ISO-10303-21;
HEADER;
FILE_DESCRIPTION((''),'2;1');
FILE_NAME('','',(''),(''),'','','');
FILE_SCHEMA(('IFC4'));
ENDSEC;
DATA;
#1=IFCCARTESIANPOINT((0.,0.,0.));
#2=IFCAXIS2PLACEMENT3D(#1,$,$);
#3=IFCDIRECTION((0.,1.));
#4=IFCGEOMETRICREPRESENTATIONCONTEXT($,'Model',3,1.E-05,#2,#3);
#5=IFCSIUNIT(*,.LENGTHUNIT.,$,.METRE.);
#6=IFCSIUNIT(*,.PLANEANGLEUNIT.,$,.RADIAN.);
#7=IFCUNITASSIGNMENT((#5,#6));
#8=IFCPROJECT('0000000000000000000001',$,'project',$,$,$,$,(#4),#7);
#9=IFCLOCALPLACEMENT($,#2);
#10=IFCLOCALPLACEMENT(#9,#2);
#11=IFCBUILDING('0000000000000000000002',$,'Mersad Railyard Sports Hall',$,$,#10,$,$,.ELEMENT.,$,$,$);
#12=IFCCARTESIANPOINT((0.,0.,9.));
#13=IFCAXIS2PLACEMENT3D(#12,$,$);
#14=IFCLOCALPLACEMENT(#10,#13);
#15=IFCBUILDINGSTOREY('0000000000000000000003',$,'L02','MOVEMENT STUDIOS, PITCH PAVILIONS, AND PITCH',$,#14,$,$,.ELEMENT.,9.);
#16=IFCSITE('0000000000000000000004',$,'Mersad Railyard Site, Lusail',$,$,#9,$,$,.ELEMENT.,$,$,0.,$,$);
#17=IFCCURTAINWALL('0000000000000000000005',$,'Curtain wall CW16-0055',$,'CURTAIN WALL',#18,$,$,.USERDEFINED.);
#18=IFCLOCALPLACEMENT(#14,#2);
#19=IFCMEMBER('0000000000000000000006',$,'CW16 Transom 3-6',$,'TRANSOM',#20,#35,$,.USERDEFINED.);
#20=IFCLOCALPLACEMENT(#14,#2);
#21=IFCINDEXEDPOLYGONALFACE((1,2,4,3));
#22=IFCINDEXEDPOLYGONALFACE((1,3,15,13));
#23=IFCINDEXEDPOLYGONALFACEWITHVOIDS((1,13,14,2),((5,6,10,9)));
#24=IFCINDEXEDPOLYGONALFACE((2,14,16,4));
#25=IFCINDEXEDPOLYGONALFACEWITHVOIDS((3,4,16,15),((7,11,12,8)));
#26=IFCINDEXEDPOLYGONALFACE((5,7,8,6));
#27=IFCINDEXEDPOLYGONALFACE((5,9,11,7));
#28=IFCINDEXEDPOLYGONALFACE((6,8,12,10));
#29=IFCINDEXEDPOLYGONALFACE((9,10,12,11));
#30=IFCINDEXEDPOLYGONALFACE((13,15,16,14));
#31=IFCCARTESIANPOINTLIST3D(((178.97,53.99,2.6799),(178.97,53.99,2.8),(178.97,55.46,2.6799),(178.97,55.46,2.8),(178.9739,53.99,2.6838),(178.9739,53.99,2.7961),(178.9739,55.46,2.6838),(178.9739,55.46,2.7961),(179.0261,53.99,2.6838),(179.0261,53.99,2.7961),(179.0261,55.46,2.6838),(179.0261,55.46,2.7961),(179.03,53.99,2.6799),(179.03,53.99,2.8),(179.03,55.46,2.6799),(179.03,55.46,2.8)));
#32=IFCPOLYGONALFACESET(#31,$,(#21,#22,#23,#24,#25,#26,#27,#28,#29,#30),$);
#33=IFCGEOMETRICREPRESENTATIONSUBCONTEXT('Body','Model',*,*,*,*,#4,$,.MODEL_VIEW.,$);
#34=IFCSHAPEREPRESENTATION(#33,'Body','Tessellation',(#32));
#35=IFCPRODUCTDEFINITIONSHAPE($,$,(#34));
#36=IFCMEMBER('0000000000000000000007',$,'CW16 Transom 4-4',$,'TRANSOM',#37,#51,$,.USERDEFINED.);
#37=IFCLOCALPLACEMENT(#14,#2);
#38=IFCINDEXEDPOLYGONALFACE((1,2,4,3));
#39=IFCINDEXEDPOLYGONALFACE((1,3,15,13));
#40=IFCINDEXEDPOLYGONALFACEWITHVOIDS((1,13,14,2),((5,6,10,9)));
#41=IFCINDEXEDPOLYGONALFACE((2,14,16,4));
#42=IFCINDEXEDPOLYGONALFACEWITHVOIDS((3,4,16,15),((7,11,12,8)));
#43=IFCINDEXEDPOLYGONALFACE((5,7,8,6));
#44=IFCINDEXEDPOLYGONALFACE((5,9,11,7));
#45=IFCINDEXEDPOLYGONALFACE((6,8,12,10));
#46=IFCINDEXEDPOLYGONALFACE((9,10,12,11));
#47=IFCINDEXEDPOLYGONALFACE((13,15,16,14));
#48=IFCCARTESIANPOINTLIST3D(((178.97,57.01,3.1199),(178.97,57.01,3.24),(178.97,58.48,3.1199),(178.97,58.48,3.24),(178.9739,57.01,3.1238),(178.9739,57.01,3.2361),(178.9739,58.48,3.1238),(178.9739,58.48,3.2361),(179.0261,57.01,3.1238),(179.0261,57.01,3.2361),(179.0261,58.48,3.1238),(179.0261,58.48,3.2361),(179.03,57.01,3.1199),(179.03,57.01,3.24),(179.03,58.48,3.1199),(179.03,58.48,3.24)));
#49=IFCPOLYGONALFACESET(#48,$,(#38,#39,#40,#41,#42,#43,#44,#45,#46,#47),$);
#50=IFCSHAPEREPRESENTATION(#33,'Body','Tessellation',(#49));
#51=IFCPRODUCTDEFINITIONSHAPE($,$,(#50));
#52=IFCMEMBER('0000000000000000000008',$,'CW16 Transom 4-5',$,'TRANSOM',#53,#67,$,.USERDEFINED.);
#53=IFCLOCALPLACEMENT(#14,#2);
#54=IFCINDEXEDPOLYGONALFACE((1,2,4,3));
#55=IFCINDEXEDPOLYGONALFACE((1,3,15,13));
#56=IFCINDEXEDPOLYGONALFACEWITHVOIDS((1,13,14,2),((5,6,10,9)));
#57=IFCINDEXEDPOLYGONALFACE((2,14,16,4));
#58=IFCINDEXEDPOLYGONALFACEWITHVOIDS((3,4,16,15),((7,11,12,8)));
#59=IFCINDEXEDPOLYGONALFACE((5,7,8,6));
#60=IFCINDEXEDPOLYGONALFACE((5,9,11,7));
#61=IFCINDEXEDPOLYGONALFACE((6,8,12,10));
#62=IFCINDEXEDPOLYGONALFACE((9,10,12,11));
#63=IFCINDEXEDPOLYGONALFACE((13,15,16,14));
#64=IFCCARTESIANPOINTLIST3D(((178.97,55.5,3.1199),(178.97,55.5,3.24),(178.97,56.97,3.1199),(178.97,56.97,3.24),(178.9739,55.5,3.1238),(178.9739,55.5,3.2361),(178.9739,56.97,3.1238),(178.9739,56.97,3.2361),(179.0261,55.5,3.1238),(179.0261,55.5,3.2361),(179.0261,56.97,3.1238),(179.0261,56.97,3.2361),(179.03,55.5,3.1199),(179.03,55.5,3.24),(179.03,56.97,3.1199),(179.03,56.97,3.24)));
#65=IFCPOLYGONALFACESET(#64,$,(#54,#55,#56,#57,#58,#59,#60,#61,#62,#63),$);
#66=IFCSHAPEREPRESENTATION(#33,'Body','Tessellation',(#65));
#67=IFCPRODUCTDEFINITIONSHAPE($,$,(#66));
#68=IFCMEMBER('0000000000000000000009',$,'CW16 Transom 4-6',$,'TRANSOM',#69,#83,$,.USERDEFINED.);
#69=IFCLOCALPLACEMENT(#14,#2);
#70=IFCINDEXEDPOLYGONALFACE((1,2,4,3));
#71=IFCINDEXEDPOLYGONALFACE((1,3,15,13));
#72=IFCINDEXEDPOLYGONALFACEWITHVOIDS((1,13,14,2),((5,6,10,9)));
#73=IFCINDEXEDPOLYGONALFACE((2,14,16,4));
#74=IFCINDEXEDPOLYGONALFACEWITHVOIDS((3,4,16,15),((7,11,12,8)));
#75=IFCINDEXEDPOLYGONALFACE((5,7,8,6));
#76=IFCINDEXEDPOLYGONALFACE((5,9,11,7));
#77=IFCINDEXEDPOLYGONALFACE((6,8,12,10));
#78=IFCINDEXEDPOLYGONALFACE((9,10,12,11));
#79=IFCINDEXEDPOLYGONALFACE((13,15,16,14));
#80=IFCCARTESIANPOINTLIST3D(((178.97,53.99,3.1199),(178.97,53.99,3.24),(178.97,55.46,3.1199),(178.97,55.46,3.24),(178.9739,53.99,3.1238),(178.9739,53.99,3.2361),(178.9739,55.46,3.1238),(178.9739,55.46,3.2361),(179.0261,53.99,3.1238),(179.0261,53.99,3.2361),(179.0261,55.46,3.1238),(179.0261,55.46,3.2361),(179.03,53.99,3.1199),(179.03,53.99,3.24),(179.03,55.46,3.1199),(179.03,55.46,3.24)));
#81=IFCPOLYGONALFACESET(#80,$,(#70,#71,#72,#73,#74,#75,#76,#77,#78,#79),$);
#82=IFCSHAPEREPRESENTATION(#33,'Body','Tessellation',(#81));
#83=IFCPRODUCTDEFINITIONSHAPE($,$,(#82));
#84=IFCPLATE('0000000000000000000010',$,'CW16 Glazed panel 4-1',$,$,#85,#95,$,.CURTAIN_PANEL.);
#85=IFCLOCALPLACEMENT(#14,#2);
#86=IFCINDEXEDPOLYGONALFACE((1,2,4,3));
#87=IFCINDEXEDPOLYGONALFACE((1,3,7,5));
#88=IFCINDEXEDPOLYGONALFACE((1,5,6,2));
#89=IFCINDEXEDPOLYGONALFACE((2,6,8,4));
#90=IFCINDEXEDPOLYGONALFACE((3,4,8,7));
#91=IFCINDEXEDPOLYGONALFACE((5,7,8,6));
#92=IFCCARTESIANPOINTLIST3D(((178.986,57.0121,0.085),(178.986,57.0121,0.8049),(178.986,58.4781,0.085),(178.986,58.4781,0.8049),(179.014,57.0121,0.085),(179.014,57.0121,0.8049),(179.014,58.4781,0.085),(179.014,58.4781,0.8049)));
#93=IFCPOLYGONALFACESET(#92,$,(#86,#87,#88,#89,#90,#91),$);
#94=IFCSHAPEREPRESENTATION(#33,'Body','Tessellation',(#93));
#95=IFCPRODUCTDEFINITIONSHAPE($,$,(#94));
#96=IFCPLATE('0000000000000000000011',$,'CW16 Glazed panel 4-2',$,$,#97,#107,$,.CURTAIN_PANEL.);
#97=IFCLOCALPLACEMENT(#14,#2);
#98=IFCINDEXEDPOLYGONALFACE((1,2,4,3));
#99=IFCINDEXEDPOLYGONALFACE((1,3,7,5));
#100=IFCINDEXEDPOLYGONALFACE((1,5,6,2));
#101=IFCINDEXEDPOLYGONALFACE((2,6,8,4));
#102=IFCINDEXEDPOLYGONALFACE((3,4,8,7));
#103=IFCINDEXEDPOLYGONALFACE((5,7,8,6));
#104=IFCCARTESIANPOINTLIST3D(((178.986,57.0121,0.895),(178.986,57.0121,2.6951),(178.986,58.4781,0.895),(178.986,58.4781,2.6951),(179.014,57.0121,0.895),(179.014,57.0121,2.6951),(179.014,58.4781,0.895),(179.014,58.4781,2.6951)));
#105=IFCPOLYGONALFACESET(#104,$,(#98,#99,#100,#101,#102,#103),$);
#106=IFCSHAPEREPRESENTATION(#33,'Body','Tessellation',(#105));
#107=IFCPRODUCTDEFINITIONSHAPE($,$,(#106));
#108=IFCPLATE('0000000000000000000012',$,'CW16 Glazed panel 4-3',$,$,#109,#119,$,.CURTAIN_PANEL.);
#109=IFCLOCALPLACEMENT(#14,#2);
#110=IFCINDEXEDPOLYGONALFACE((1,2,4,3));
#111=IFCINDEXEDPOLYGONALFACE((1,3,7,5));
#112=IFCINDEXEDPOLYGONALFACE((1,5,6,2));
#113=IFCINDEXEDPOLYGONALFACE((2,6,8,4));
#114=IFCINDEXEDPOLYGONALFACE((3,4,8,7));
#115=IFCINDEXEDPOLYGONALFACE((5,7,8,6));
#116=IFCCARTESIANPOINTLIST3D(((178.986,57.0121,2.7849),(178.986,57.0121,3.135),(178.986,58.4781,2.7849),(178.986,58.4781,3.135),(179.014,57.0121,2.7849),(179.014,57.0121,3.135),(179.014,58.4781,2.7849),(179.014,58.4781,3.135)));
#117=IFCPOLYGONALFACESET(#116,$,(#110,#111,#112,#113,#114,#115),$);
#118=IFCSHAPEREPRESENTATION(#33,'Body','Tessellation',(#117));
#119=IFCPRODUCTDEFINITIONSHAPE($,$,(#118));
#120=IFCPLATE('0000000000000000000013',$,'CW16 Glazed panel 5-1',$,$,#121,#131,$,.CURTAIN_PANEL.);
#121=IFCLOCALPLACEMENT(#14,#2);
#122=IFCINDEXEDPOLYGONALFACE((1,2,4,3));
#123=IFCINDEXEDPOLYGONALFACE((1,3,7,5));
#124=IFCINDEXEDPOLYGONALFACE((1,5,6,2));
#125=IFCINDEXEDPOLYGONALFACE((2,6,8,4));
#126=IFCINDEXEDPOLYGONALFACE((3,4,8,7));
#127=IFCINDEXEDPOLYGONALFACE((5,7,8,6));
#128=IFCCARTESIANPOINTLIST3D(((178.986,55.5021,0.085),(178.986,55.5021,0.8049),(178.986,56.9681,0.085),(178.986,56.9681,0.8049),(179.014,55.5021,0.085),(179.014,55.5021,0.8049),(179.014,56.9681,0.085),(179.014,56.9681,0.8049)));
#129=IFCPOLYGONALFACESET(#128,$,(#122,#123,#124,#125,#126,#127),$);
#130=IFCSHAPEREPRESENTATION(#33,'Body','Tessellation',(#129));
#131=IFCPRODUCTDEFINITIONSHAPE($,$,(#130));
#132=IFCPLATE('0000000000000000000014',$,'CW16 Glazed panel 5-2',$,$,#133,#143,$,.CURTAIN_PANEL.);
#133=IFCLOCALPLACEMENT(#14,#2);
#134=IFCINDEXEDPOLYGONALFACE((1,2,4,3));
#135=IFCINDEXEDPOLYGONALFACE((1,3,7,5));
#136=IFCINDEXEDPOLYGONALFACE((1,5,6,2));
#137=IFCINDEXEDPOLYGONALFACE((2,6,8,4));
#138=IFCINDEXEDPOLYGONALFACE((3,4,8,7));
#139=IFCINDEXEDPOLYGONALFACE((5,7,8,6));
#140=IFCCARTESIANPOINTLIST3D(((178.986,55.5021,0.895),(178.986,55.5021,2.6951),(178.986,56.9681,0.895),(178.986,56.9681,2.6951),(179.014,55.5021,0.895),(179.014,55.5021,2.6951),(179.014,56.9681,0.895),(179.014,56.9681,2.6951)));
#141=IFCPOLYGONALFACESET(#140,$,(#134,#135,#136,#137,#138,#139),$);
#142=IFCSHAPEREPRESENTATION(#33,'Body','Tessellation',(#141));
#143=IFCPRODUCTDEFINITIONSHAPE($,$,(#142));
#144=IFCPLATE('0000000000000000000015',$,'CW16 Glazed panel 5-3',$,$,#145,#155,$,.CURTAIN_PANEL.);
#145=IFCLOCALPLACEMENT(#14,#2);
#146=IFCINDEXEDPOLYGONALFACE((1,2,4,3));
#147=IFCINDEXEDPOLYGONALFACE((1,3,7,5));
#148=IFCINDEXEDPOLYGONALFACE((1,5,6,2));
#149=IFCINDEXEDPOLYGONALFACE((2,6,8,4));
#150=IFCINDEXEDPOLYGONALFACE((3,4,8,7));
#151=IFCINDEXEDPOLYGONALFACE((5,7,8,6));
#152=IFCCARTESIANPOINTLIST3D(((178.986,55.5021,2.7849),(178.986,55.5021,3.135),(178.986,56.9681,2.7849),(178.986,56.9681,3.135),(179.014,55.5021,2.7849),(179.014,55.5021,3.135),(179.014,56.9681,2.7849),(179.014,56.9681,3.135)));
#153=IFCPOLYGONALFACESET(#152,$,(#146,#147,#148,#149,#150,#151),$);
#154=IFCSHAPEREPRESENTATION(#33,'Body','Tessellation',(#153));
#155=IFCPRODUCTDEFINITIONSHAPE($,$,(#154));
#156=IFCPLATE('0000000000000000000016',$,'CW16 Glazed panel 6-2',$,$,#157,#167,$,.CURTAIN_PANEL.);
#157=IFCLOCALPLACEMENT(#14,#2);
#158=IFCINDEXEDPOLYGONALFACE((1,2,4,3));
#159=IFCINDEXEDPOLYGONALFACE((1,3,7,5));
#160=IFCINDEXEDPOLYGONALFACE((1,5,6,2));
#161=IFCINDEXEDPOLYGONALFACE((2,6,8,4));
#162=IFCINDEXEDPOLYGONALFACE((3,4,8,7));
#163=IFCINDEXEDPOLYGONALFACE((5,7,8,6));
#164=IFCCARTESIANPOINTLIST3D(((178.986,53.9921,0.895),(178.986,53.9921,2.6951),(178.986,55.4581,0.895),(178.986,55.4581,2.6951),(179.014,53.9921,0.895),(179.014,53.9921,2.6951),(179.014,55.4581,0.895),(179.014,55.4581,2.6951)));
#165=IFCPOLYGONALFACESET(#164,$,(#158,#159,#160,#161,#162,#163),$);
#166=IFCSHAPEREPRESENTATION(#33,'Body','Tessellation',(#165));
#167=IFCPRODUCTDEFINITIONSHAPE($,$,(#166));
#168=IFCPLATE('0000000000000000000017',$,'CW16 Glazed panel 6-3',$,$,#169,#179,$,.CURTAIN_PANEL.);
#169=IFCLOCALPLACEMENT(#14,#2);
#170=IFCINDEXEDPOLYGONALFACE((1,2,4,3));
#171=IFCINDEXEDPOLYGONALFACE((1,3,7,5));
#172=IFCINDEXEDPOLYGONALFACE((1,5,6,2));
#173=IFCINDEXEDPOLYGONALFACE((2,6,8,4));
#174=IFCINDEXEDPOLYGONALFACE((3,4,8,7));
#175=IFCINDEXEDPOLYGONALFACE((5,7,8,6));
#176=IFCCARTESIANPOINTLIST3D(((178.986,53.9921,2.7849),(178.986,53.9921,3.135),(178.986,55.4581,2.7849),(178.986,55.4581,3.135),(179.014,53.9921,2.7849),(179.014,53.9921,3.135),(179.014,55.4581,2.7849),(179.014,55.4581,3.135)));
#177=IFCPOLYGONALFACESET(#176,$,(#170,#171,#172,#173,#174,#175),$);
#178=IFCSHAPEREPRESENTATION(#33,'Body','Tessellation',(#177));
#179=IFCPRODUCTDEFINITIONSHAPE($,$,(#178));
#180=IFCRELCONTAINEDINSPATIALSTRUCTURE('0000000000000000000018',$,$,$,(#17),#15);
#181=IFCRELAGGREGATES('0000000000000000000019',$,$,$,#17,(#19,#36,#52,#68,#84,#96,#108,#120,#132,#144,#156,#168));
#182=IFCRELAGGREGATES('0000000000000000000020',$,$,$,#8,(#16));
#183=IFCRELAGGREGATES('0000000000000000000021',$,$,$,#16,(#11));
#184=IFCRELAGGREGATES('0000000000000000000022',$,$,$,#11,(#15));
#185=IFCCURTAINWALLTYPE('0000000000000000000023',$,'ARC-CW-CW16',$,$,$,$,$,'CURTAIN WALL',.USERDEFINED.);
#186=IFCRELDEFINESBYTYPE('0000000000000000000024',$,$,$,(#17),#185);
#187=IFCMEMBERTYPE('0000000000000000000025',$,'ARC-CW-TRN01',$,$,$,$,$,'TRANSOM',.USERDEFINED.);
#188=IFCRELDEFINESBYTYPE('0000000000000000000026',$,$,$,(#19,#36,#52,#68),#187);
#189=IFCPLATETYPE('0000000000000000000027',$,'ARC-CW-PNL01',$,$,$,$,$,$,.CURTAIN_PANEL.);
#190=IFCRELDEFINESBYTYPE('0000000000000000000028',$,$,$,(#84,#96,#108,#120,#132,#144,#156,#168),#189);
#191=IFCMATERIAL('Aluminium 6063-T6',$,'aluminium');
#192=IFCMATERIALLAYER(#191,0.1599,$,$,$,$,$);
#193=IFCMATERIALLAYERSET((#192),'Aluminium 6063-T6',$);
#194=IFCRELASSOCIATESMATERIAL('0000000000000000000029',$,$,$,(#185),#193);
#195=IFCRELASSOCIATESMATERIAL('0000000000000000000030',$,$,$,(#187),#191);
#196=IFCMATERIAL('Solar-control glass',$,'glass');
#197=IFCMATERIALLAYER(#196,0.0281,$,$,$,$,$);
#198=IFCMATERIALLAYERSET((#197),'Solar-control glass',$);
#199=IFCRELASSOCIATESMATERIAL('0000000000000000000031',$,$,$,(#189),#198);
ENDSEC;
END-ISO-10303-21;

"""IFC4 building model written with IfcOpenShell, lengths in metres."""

from ifc_helpers import new_model, si_unit, direction, frame, origin, origin_2d, place, context, subcontext, project, spatial, rectangle, hollow_rectangle, extrude, material, layer, layer_set, material_profile, profile_set, type_object, element, aggregate, save


model = new_model("IFC4")

# Units and contexts
model_context = context("Model", 3, precision=1e-05, world=origin(), true_north=direction((0.0, 1.0)))
body_context = subcontext(model_context, "Body", "Model", "MODEL_VIEW")
ifc_project = project(units=[si_unit("LENGTHUNIT", "METRE"), si_unit("PLANEANGLEUNIT", "RADIAN")], contexts=[model_context])

# Site, building, storey
site_placement = place(None, origin())
site = spatial("IfcSite", under=ifc_project, at=site_placement, Name="Mersad Railyard Site, Lusail", CompositionType="ELEMENT", RefElevation=0.0)
building_placement = place(site_placement, origin())
building = spatial("IfcBuilding", under=site, at=building_placement, Name="Mersad Railyard Sports Hall", CompositionType="ELEMENT")
storey_placement = place(building_placement, frame((0.0, 0.0, 9.0)))
storey = spatial("IfcBuildingStorey", under=building, at=storey_placement, Name="L02", Description="MOVEMENT STUDIOS, PITCH PAVILIONS, AND PITCH", CompositionType="ELEMENT", Elevation=9.0)

# Curtain wall, members, plates
ifc_material_1 = material(Name="Aluminium 6063-T6", Category="aluminium")
ifc_layer_1 = layer(ifc_material_1, 0.1599)
ifc_layer_set_1 = layer_set([ifc_layer_1], Name="Aluminium 6063-T6")
curtain_wall_type = type_object("IfcCurtainWallType", Name="ARC-CW-CW16", ElementType="CURTAIN WALL", PredefinedType="USERDEFINED", material=ifc_layer_set_1)
curtain_wall_placement = place(storey_placement, origin())
curtain_wall = element("IfcCurtainWall", 1, at=curtain_wall_placement, inside=storey, type_object=curtain_wall_type, Name="Curtain wall CW16-0055", ObjectType="CURTAIN WALL", PredefinedType="USERDEFINED")
ifc_material_profile_1 = material_profile(ifc_material_1, hollow_rectangle(XDim=0.0601, YDim=0.1201, WallThickness=0.0039, at=origin_2d()), Name="AL TRANSOM 60x120x4")
ifc_profile_set_1 = profile_set([ifc_material_profile_1], Name="Aluminium 6063-T6")
member_type_1 = type_object("IfcMemberType", Name="ARC-CW-TRN01", ElementType="TRANSOM", PredefinedType="USERDEFINED", material=ifc_profile_set_1)
member_1_placement = place(storey_placement, frame((179.0, 55.46, 2.74), z_axis=(0.0, -1.0, 0.0), x_axis=(1.0, 0.0, 0.0)))
member_1 = element("IfcMember", 2, at=member_1_placement, type_object=member_type_1, Name="CW16 Transom 3-6", ObjectType="TRANSOM", PredefinedType="USERDEFINED", context=body_context, shape_type="SweptSolid", body=[
    extrude(hollow_rectangle(XDim=0.0601, YDim=0.1201, WallThickness=0.0039, at=origin_2d()), origin(), (0.0, 0.0, 1.0), 1.47),
])
member_2_placement = place(storey_placement, frame((179.0, 58.48, 3.1799), z_axis=(0.0, -1.0, 0.0), x_axis=(1.0, 0.0, 0.0)))
member_2 = element("IfcMember", 3, at=member_2_placement, type_object=member_type_1, Name="CW16 Transom 4-4", ObjectType="TRANSOM", PredefinedType="USERDEFINED", context=body_context, shape_type="SweptSolid", body=[
    extrude(hollow_rectangle(XDim=0.0601, YDim=0.1201, WallThickness=0.0039, at=origin_2d()), origin(), (0.0, 0.0, 1.0), 1.47),
])
member_3_placement = place(storey_placement, frame((179.0, 56.97, 3.1799), z_axis=(0.0, -1.0, 0.0), x_axis=(1.0, 0.0, 0.0)))
member_3 = element("IfcMember", 4, at=member_3_placement, type_object=member_type_1, Name="CW16 Transom 4-5", ObjectType="TRANSOM", PredefinedType="USERDEFINED", context=body_context, shape_type="SweptSolid", body=[
    extrude(hollow_rectangle(XDim=0.0601, YDim=0.1201, WallThickness=0.0039, at=origin_2d()), origin(), (0.0, 0.0, 1.0), 1.47),
])
member_4_placement = place(storey_placement, frame((179.0, 55.46, 3.1799), z_axis=(0.0, -1.0, 0.0), x_axis=(1.0, 0.0, 0.0)))
member_4 = element("IfcMember", 5, at=member_4_placement, type_object=member_type_1, Name="CW16 Transom 4-6", ObjectType="TRANSOM", PredefinedType="USERDEFINED", context=body_context, shape_type="SweptSolid", body=[
    extrude(hollow_rectangle(XDim=0.0601, YDim=0.1201, WallThickness=0.0039, at=origin_2d()), origin(), (0.0, 0.0, 1.0), 1.47),
])
ifc_material_2 = material(Name="Solar-control glass", Category="glass")
ifc_layer_2 = layer(ifc_material_2, 0.0281)
ifc_layer_set_2 = layer_set([ifc_layer_2], Name="Solar-control glass")
plate_type = type_object("IfcPlateType", Name="ARC-CW-PNL01", PredefinedType="CURTAIN_PANEL", material=ifc_layer_set_2)
plate_1_placement = place(storey_placement, frame((179.0, 57.7451, 0.085), z_axis=(0.0, 0.0, 1.0), x_axis=(0.0, -1.0, 0.0)))
plate_1 = element("IfcPlate", 6, at=plate_1_placement, type_object=plate_type, Name="CW16 Glazed panel 4-1", PredefinedType="CURTAIN_PANEL", context=body_context, shape_type="SweptSolid", body=[
    extrude(rectangle(XDim=1.4661, YDim=0.0281, at=origin_2d()), origin(), (0.0, 0.0, 1.0), 0.72),
])
plate_2_placement = place(storey_placement, frame((179.0, 57.7451, 0.895), z_axis=(0.0, 0.0, 1.0), x_axis=(0.0, -1.0, 0.0)))
plate_2 = element("IfcPlate", 7, at=plate_2_placement, type_object=plate_type, Name="CW16 Glazed panel 4-2", PredefinedType="CURTAIN_PANEL", context=body_context, shape_type="SweptSolid", body=[
    extrude(rectangle(XDim=1.4661, YDim=0.0281, at=origin_2d()), origin(), (0.0, 0.0, 1.0), 1.8),
])
plate_3_placement = place(storey_placement, frame((179.0, 57.7451, 2.7849), z_axis=(0.0, 0.0, 1.0), x_axis=(0.0, -1.0, 0.0)))
plate_3 = element("IfcPlate", 8, at=plate_3_placement, type_object=plate_type, Name="CW16 Glazed panel 4-3", PredefinedType="CURTAIN_PANEL", context=body_context, shape_type="SweptSolid", body=[
    extrude(rectangle(XDim=1.4661, YDim=0.0281, at=origin_2d()), origin(), (0.0, 0.0, 1.0), 0.3501),
])
plate_4_placement = place(storey_placement, frame((179.0, 56.2351, 0.085), z_axis=(0.0, 0.0, 1.0), x_axis=(0.0, -1.0, 0.0)))
plate_4 = element("IfcPlate", 9, at=plate_4_placement, type_object=plate_type, Name="CW16 Glazed panel 5-1", PredefinedType="CURTAIN_PANEL", context=body_context, shape_type="SweptSolid", body=[
    extrude(rectangle(XDim=1.4661, YDim=0.0281, at=origin_2d()), origin(), (0.0, 0.0, 1.0), 0.72),
])
plate_5_placement = place(storey_placement, frame((179.0, 56.2351, 0.895), z_axis=(0.0, 0.0, 1.0), x_axis=(0.0, -1.0, 0.0)))
plate_5 = element("IfcPlate", 10, at=plate_5_placement, type_object=plate_type, Name="CW16 Glazed panel 5-2", PredefinedType="CURTAIN_PANEL", context=body_context, shape_type="SweptSolid", body=[
    extrude(rectangle(XDim=1.4661, YDim=0.0281, at=origin_2d()), origin(), (0.0, 0.0, 1.0), 1.8),
])
plate_6_placement = place(storey_placement, frame((179.0, 56.2351, 2.7849), z_axis=(0.0, 0.0, 1.0), x_axis=(0.0, -1.0, 0.0)))
plate_6 = element("IfcPlate", 11, at=plate_6_placement, type_object=plate_type, Name="CW16 Glazed panel 5-3", PredefinedType="CURTAIN_PANEL", context=body_context, shape_type="SweptSolid", body=[
    extrude(rectangle(XDim=1.4661, YDim=0.0281, at=origin_2d()), origin(), (0.0, 0.0, 1.0), 0.3501),
])
plate_7_placement = place(storey_placement, frame((179.0, 54.7251, 0.895), z_axis=(0.0, 0.0, 1.0), x_axis=(0.0, -1.0, 0.0)))
plate_7 = element("IfcPlate", 12, at=plate_7_placement, type_object=plate_type, Name="CW16 Glazed panel 6-2", PredefinedType="CURTAIN_PANEL", context=body_context, shape_type="SweptSolid", body=[
    extrude(rectangle(XDim=1.4661, YDim=0.0281, at=origin_2d()), origin(), (0.0, 0.0, 1.0), 1.8),
])
plate_8_placement = place(storey_placement, frame((179.0, 54.7251, 2.7849), z_axis=(0.0, 0.0, 1.0), x_axis=(0.0, -1.0, 0.0)))
plate_8 = element("IfcPlate", 13, at=plate_8_placement, type_object=plate_type, Name="CW16 Glazed panel 6-3", PredefinedType="CURTAIN_PANEL", context=body_context, shape_type="SweptSolid", body=[
    extrude(rectangle(XDim=1.4661, YDim=0.0281, at=origin_2d()), origin(), (0.0, 0.0, 1.0), 0.3501),
])
aggregate(curtain_wall, [member_1, member_2, member_3, member_4, plate_1, plate_2, plate_3, plate_4, plate_5, plate_6, plate_7, plate_8])

save(model, "model.ifc")
